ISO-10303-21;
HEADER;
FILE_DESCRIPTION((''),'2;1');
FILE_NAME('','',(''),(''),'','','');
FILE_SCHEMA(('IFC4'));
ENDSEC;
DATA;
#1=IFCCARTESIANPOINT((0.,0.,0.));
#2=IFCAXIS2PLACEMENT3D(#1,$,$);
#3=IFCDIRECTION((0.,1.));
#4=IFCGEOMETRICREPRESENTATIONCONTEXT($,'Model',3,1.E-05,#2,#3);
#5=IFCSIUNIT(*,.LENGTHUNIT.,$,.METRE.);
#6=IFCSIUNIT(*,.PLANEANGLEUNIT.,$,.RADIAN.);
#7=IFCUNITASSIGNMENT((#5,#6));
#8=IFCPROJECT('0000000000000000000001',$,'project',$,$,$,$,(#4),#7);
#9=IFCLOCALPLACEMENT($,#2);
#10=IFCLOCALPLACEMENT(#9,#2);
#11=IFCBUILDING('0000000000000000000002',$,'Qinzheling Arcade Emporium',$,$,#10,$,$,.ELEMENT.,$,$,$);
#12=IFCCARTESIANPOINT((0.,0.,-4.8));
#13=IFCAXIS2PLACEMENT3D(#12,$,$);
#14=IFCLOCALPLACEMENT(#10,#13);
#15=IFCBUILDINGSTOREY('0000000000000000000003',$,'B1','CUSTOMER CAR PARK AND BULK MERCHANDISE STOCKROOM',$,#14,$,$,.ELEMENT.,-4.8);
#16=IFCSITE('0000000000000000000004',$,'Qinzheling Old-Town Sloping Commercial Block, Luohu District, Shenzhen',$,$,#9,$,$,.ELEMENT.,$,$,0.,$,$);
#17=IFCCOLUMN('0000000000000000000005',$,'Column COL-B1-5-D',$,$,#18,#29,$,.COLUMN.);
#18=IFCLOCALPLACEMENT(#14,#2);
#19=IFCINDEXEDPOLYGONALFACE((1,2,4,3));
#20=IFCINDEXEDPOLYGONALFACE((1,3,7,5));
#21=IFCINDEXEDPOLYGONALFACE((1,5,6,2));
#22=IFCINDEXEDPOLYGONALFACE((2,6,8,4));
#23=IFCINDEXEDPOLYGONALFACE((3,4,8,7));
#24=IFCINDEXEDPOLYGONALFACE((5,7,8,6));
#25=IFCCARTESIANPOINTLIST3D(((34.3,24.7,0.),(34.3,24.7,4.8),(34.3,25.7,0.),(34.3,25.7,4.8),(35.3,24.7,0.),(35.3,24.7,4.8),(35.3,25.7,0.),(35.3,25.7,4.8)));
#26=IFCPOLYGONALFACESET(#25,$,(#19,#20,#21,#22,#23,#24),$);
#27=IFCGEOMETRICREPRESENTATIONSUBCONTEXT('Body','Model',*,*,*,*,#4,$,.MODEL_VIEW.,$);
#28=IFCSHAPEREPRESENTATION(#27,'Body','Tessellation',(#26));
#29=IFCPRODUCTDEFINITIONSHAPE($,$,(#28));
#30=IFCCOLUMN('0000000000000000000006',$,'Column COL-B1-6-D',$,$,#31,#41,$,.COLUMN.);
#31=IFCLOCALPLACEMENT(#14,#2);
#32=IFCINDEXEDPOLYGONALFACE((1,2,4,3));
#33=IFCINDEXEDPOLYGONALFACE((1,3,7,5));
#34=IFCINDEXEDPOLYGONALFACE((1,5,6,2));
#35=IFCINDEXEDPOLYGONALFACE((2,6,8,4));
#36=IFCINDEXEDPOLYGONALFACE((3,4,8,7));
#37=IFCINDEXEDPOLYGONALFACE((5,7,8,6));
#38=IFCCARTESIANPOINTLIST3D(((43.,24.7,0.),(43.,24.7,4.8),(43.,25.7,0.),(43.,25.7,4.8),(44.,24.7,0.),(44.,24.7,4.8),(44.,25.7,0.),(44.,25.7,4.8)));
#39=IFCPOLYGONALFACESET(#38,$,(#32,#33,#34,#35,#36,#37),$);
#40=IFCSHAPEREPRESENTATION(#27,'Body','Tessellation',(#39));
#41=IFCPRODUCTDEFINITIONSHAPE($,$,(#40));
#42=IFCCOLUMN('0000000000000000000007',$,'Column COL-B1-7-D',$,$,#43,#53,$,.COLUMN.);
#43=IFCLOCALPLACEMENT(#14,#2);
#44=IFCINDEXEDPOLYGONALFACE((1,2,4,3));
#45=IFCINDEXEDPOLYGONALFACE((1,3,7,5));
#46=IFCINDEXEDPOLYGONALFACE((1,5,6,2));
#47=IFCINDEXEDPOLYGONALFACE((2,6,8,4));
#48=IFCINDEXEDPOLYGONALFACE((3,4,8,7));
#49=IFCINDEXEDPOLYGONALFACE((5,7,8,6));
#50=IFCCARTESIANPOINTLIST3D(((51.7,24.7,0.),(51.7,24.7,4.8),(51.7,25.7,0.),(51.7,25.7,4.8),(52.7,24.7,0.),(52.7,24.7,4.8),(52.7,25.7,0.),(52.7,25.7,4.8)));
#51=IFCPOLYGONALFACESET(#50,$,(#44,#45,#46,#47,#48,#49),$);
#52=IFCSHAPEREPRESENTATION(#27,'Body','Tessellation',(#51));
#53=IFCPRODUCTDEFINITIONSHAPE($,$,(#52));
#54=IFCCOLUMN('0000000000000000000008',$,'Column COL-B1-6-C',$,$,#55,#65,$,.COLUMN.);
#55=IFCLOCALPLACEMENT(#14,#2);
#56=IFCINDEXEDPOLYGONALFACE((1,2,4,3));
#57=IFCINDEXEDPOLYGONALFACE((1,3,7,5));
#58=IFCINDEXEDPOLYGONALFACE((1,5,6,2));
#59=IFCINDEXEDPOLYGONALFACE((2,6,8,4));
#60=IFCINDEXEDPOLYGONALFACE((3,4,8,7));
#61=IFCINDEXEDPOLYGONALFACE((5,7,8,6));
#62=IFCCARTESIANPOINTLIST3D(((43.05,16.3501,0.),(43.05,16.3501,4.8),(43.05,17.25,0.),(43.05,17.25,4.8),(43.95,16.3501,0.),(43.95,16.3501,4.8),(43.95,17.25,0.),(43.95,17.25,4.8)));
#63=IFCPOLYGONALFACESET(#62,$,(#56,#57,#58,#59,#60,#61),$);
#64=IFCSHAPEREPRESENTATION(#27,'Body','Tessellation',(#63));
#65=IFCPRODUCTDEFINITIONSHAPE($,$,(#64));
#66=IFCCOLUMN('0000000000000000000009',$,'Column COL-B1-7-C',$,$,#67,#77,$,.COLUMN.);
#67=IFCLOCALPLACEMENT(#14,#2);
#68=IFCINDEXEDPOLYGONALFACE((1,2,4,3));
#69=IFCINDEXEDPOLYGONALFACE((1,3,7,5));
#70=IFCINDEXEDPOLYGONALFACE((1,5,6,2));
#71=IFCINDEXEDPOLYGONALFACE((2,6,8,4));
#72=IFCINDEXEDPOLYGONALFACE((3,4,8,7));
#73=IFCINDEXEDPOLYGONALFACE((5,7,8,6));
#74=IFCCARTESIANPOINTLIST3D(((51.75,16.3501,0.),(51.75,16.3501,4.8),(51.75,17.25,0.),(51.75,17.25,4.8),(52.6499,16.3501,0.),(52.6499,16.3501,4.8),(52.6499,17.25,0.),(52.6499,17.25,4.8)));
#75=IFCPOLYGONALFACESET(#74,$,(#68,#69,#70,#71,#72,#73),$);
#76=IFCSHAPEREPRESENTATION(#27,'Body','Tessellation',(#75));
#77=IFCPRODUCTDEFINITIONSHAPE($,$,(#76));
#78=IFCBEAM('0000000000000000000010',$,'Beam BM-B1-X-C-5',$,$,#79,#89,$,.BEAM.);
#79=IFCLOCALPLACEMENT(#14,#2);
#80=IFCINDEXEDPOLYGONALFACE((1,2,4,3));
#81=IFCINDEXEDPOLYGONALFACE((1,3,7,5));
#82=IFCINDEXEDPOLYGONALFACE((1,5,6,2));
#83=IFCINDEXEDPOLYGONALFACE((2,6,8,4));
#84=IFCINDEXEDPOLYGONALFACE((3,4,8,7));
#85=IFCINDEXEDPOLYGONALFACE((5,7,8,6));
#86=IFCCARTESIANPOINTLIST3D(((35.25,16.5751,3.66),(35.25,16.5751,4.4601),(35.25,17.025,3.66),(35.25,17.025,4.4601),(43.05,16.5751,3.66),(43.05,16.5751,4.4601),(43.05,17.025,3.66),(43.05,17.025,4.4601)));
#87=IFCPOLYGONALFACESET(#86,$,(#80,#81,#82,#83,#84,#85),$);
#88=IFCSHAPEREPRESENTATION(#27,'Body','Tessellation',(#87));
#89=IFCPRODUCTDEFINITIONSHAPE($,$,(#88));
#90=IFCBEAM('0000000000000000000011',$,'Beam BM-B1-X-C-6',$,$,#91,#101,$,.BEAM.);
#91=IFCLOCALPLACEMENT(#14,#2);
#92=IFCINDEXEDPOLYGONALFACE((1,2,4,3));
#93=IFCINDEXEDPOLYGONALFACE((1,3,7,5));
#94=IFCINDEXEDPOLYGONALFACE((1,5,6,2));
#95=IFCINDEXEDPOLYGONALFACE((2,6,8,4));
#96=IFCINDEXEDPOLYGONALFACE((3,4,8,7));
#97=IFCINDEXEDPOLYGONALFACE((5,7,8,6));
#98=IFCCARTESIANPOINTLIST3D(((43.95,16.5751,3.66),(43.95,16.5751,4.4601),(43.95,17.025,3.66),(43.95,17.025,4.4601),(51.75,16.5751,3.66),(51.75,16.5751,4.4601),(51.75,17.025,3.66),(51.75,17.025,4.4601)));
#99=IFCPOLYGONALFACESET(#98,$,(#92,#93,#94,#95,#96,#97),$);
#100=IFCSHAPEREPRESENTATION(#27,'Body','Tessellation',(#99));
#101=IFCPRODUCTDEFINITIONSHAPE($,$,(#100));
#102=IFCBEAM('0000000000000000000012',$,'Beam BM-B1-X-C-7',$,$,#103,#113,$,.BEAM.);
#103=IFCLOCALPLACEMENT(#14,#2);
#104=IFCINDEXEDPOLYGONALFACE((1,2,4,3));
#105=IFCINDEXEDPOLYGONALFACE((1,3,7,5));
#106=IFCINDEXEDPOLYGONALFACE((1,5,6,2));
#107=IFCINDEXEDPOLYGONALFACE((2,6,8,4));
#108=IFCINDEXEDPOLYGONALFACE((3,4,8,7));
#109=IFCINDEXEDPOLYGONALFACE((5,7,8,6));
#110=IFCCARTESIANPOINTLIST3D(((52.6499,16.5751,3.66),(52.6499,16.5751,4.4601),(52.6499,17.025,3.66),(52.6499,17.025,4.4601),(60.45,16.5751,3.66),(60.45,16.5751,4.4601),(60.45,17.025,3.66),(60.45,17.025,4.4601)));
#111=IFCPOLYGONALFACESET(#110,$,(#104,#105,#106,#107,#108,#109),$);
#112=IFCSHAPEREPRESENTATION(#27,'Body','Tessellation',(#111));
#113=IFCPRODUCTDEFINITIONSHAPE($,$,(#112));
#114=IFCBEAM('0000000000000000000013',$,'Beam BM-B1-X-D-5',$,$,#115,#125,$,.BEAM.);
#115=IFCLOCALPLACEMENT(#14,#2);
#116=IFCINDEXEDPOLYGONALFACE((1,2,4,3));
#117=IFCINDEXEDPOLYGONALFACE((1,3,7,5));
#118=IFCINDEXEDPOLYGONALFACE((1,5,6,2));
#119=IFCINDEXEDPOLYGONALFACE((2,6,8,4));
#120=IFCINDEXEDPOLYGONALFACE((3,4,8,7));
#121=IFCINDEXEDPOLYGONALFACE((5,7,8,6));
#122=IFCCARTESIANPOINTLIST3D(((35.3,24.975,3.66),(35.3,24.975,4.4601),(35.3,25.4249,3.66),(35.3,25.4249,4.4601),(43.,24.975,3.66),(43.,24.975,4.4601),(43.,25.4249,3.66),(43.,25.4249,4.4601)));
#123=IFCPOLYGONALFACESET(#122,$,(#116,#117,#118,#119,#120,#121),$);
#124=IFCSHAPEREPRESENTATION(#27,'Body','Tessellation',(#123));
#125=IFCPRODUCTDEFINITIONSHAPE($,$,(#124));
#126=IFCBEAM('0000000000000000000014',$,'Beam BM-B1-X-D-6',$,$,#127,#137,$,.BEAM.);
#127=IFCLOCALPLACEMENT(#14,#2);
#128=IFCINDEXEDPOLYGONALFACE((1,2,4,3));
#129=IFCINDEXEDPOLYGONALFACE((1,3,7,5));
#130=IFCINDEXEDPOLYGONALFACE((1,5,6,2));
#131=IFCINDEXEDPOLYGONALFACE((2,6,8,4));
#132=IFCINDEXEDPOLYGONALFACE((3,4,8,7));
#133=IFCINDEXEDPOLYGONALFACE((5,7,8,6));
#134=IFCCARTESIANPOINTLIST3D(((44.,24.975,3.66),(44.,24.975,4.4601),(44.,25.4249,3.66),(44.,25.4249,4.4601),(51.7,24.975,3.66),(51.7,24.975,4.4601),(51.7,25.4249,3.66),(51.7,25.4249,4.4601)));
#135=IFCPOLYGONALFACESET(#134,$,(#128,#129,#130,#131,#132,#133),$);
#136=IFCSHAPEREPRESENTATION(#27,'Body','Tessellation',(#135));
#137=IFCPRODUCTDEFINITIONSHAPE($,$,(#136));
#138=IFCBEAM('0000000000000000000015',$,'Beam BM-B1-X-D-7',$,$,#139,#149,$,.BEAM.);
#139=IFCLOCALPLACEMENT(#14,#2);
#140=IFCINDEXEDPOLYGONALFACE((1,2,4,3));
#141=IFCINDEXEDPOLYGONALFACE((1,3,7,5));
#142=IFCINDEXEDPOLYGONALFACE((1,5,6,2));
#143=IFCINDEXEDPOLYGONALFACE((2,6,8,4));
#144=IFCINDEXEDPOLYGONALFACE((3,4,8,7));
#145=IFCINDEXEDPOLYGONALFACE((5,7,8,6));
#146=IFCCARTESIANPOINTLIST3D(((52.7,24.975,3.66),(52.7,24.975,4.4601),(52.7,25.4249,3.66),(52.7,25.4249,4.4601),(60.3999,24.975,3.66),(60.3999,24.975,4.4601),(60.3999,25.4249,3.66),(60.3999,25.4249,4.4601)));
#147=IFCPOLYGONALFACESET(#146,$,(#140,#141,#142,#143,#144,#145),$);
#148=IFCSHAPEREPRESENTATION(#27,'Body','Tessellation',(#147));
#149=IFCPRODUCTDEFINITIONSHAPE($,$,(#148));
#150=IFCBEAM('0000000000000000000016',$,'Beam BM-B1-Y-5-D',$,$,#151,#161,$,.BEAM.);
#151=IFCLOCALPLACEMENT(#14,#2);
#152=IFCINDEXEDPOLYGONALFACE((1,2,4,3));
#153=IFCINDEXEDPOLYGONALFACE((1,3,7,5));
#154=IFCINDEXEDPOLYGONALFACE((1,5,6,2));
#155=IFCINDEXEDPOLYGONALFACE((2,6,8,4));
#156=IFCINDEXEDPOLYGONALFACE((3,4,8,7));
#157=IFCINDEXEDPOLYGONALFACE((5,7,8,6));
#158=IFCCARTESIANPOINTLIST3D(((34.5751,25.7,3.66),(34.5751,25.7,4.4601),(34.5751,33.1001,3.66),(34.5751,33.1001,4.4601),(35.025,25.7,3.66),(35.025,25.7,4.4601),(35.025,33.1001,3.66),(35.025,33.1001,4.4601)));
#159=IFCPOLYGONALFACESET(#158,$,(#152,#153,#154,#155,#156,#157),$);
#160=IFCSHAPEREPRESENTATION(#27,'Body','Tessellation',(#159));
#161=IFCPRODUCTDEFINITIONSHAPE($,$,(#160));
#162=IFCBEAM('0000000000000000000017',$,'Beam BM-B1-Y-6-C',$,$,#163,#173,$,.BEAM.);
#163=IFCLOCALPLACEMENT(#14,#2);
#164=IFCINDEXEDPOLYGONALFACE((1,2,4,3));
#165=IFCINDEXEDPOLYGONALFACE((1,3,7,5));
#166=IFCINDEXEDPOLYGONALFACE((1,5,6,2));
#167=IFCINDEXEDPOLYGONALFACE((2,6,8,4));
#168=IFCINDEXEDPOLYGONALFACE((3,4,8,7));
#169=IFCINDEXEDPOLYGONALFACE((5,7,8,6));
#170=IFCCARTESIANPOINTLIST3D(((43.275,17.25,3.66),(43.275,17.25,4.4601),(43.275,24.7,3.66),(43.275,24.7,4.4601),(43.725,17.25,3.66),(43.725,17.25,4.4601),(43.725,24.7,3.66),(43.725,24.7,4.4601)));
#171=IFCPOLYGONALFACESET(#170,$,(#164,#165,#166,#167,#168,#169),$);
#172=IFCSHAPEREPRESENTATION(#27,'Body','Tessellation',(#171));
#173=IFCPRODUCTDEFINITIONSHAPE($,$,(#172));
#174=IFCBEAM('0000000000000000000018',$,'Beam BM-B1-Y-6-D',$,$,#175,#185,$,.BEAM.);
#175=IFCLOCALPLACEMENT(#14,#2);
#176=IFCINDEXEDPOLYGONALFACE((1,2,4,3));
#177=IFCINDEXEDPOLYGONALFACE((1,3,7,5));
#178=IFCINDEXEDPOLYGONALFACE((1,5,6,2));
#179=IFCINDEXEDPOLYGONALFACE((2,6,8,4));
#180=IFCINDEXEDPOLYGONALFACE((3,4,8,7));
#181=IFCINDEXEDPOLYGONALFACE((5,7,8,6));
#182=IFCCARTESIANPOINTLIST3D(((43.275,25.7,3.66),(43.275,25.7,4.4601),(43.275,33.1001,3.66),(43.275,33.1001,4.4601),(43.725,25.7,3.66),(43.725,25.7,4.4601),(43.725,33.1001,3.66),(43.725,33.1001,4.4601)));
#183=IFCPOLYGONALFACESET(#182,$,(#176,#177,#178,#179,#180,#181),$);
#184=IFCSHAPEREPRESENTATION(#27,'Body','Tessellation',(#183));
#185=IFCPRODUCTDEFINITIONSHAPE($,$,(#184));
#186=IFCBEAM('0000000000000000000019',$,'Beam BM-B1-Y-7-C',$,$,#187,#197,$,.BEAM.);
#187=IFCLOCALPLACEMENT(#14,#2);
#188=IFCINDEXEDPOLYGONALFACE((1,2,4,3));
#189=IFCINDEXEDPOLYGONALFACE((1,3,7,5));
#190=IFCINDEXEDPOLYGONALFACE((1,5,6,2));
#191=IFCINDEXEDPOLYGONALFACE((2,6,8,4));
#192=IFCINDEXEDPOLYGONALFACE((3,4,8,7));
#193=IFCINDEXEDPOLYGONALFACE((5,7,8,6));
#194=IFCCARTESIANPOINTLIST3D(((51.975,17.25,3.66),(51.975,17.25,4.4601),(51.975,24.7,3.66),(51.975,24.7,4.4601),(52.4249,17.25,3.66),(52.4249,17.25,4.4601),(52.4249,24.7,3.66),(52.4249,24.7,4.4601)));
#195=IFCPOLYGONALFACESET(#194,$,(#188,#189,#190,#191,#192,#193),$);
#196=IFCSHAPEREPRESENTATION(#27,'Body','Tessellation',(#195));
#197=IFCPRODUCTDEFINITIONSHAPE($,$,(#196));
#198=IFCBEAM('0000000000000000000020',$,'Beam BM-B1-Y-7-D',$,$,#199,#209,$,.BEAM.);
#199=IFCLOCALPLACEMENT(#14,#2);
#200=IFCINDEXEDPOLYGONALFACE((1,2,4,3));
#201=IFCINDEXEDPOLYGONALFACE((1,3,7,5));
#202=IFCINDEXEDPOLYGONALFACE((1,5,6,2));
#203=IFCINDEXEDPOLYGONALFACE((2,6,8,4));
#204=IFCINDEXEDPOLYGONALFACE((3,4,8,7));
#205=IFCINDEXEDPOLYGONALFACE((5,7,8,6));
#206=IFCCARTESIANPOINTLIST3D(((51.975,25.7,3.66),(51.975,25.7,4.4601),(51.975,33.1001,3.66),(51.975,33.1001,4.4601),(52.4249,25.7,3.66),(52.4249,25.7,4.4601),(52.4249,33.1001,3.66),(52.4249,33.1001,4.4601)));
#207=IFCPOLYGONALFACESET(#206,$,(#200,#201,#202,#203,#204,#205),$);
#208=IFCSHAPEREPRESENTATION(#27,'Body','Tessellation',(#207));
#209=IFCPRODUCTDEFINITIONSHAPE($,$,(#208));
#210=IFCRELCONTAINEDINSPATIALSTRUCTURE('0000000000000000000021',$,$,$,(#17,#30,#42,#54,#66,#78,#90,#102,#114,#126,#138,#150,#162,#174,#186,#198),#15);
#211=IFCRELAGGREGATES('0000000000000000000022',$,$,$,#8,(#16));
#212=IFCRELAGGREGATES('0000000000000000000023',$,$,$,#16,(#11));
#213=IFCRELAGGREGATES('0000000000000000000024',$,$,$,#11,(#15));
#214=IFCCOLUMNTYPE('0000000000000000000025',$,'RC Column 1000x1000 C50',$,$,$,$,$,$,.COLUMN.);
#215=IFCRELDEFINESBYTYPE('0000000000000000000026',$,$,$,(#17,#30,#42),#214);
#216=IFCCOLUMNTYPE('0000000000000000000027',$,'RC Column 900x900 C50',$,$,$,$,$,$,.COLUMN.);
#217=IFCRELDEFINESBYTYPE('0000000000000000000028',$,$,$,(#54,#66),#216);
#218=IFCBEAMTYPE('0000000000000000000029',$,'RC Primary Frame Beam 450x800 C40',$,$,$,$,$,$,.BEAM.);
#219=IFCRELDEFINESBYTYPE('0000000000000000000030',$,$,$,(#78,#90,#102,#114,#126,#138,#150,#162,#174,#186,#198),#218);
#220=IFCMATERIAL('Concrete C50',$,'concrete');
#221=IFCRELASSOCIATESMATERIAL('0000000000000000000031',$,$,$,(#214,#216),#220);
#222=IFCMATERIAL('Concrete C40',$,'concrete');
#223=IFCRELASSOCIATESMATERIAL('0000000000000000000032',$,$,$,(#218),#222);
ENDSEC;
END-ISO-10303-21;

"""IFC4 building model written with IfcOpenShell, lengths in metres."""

from ifc_helpers import new_model, si_unit, direction, frame, origin, origin_2d, place, context, subcontext, project, spatial, rectangle, extrude, material, material_profile, profile_set, type_object, element, save


model = new_model("IFC4")

# Units and contexts
model_context = context("Model", 3, precision=1e-05, world=origin(), true_north=direction((0.0, 1.0)))
body_context = subcontext(model_context, "Body", "Model", "MODEL_VIEW")
ifc_project = project(units=[si_unit("LENGTHUNIT", "METRE"), si_unit("PLANEANGLEUNIT", "RADIAN")], contexts=[model_context])

# Site, building, storey
site_placement = place(None, origin())
site = spatial("IfcSite", under=ifc_project, at=site_placement, Name="Qinzheling Old-Town Sloping Commercial Block, Luohu District, Shenzhen", CompositionType="ELEMENT", RefElevation=0.0)
building_placement = place(site_placement, origin())
building = spatial("IfcBuilding", under=site, at=building_placement, Name="Qinzheling Arcade Emporium", CompositionType="ELEMENT")
storey_placement = place(building_placement, frame((0.0, 0.0, -4.8)))
storey = spatial("IfcBuildingStorey", under=building, at=storey_placement, Name="B1", Description="CUSTOMER CAR PARK AND BULK MERCHANDISE STOCKROOM", CompositionType="ELEMENT", Elevation=-4.8)

# Columns
ifc_material_1 = material(Name="Concrete C50", Category="concrete")
ifc_material_profile_1 = material_profile(ifc_material_1, rectangle(XDim=1.0, YDim=1.0, at=origin_2d()), Name="RC 1000x1000", Category="concrete")
ifc_profile_set_1 = profile_set([ifc_material_profile_1], Name="Concrete C50")
column_type_1 = type_object("IfcColumnType", Name="RC Column 1000x1000 C50", PredefinedType="COLUMN", material=ifc_profile_set_1)
for number, where, z_axis, x_axis, name in (
    (1, (34.8, 25.2, 0.0), (0.0, 0.0, 1.0), (1.0, 0.0, 0.0), "Column COL-B1-5-D"),
    (2, (43.5, 25.2, 0.0), (0.0, 0.0, 1.0), (1.0, 0.0, 0.0), "Column COL-B1-6-D"),
    (3, (52.2, 25.2, 0.0), (0.0, 0.0, 1.0), (1.0, 0.0, 0.0), "Column COL-B1-7-D"),
):
    element("IfcColumn", number, at=place(storey_placement, frame(where, z_axis=z_axis, x_axis=x_axis)), inside=storey, type_object=column_type_1, Name=name, PredefinedType="COLUMN", context=body_context, shape_type="SweptSolid", body=[
        extrude(rectangle(XDim=1.0, YDim=1.0, at=origin_2d()), origin(), (0.0, 0.0, 1.0), 4.8),
    ])
ifc_material_profile_2 = material_profile(ifc_material_1, rectangle(XDim=0.8999, YDim=0.8999, at=origin_2d()), Name="RC 900x900", Category="concrete")
ifc_profile_set_2 = profile_set([ifc_material_profile_2], Name="Concrete C50")
column_type_2 = type_object("IfcColumnType", Name="RC Column 900x900 C50", PredefinedType="COLUMN", material=ifc_profile_set_2)
for number, where, z_axis, x_axis, name in (
    (4, (43.5, 16.8, 0.0), (0.0, 0.0, 1.0), (1.0, 0.0, 0.0), "Column COL-B1-6-C"),
    (5, (52.2, 16.8, 0.0), (0.0, 0.0, 1.0), (1.0, 0.0, 0.0), "Column COL-B1-7-C"),
):
    element("IfcColumn", number, at=place(storey_placement, frame(where, z_axis=z_axis, x_axis=x_axis)), inside=storey, type_object=column_type_2, Name=name, PredefinedType="COLUMN", context=body_context, shape_type="SweptSolid", body=[
        extrude(rectangle(XDim=0.8999, YDim=0.8999, at=origin_2d()), origin(), (0.0, 0.0, 1.0), 4.8),
    ])

# Beams
ifc_material_2 = material(Name="Concrete C40", Category="concrete")
ifc_material_profile_3 = material_profile(ifc_material_2, rectangle(XDim=0.45, YDim=0.8, at=origin_2d()), Name="RC 450x800", Category="concrete")
ifc_profile_set_3 = profile_set([ifc_material_profile_3], Name="Concrete C40")
beam_type = type_object("IfcBeamType", Name="RC Primary Frame Beam 450x800 C40", PredefinedType="BEAM", material=ifc_profile_set_3)
for number, where, z_axis, x_axis, name in (
    (6, (35.25, 16.8, 4.0601), (1.0, 0.0, 0.0), (0.0, 1.0, 0.0), "Beam BM-B1-X-C-5"),
    (7, (43.95, 16.8, 4.0601), (1.0, 0.0, 0.0), (0.0, 1.0, 0.0), "Beam BM-B1-X-C-6"),
    (8, (52.6499, 16.8, 4.0601), (1.0, 0.0, 0.0), (0.0, 1.0, 0.0), "Beam BM-B1-X-C-7"),
):
    element("IfcBeam", number, at=place(storey_placement, frame(where, z_axis=z_axis, x_axis=x_axis)), inside=storey, type_object=beam_type, Name=name, PredefinedType="BEAM", context=body_context, shape_type="SweptSolid", body=[
        extrude(rectangle(XDim=0.45, YDim=0.8, at=origin_2d()), origin(), (0.0, 0.0, 1.0), 7.8),
    ])
for number, where, z_axis, x_axis, name in (
    (9, (35.3, 25.2, 4.0601), (1.0, 0.0, 0.0), (0.0, 1.0, 0.0), "Beam BM-B1-X-D-5"),
    (10, (44.0, 25.2, 4.0601), (1.0, 0.0, 0.0), (0.0, 1.0, 0.0), "Beam BM-B1-X-D-6"),
    (11, (52.7, 25.2, 4.0601), (1.0, 0.0, 0.0), (0.0, 1.0, 0.0), "Beam BM-B1-X-D-7"),
):
    element("IfcBeam", number, at=place(storey_placement, frame(where, z_axis=z_axis, x_axis=x_axis)), inside=storey, type_object=beam_type, Name=name, PredefinedType="BEAM", context=body_context, shape_type="SweptSolid", body=[
        extrude(rectangle(XDim=0.45, YDim=0.8, at=origin_2d()), origin(), (0.0, 0.0, 1.0), 7.7),
    ])
beam_1_placement = place(storey_placement, frame((34.8, 25.7, 4.0601), z_axis=(0.0, 1.0, 0.0), x_axis=(-1.0, 0.0, 0.0)))
element("IfcBeam", 12, at=beam_1_placement, inside=storey, type_object=beam_type, Name="Beam BM-B1-Y-5-D", PredefinedType="BEAM", context=body_context, shape_type="SweptSolid", body=[
    extrude(rectangle(XDim=0.45, YDim=0.8, at=origin_2d()), origin(), (0.0, 0.0, 1.0), 7.4001),
])
beam_2_placement = place(storey_placement, frame((43.5, 17.25, 4.0601), z_axis=(0.0, 1.0, 0.0), x_axis=(-1.0, 0.0, 0.0)))
element("IfcBeam", 13, at=beam_2_placement, inside=storey, type_object=beam_type, Name="Beam BM-B1-Y-6-C", PredefinedType="BEAM", context=body_context, shape_type="SweptSolid", body=[
    extrude(rectangle(XDim=0.45, YDim=0.8, at=origin_2d()), origin(), (0.0, 0.0, 1.0), 7.45),
])
beam_3_placement = place(storey_placement, frame((43.5, 25.7, 4.0601), z_axis=(0.0, 1.0, 0.0), x_axis=(-1.0, 0.0, 0.0)))
element("IfcBeam", 14, at=beam_3_placement, inside=storey, type_object=beam_type, Name="Beam BM-B1-Y-6-D", PredefinedType="BEAM", context=body_context, shape_type="SweptSolid", body=[
    extrude(rectangle(XDim=0.45, YDim=0.8, at=origin_2d()), origin(), (0.0, 0.0, 1.0), 7.4001),
])
beam_4_placement = place(storey_placement, frame((52.2, 17.25, 4.0601), z_axis=(0.0, 1.0, 0.0), x_axis=(-1.0, 0.0, 0.0)))
element("IfcBeam", 15, at=beam_4_placement, inside=storey, type_object=beam_type, Name="Beam BM-B1-Y-7-C", PredefinedType="BEAM", context=body_context, shape_type="SweptSolid", body=[
    extrude(rectangle(XDim=0.45, YDim=0.8, at=origin_2d()), origin(), (0.0, 0.0, 1.0), 7.45),
])
beam_5_placement = place(storey_placement, frame((52.2, 25.7, 4.0601), z_axis=(0.0, 1.0, 0.0), x_axis=(-1.0, 0.0, 0.0)))
element("IfcBeam", 16, at=beam_5_placement, inside=storey, type_object=beam_type, Name="Beam BM-B1-Y-7-D", PredefinedType="BEAM", context=body_context, shape_type="SweptSolid", body=[
    extrude(rectangle(XDim=0.45, YDim=0.8, at=origin_2d()), origin(), (0.0, 0.0, 1.0), 7.4001),
])

save(model, "model.ifc")
